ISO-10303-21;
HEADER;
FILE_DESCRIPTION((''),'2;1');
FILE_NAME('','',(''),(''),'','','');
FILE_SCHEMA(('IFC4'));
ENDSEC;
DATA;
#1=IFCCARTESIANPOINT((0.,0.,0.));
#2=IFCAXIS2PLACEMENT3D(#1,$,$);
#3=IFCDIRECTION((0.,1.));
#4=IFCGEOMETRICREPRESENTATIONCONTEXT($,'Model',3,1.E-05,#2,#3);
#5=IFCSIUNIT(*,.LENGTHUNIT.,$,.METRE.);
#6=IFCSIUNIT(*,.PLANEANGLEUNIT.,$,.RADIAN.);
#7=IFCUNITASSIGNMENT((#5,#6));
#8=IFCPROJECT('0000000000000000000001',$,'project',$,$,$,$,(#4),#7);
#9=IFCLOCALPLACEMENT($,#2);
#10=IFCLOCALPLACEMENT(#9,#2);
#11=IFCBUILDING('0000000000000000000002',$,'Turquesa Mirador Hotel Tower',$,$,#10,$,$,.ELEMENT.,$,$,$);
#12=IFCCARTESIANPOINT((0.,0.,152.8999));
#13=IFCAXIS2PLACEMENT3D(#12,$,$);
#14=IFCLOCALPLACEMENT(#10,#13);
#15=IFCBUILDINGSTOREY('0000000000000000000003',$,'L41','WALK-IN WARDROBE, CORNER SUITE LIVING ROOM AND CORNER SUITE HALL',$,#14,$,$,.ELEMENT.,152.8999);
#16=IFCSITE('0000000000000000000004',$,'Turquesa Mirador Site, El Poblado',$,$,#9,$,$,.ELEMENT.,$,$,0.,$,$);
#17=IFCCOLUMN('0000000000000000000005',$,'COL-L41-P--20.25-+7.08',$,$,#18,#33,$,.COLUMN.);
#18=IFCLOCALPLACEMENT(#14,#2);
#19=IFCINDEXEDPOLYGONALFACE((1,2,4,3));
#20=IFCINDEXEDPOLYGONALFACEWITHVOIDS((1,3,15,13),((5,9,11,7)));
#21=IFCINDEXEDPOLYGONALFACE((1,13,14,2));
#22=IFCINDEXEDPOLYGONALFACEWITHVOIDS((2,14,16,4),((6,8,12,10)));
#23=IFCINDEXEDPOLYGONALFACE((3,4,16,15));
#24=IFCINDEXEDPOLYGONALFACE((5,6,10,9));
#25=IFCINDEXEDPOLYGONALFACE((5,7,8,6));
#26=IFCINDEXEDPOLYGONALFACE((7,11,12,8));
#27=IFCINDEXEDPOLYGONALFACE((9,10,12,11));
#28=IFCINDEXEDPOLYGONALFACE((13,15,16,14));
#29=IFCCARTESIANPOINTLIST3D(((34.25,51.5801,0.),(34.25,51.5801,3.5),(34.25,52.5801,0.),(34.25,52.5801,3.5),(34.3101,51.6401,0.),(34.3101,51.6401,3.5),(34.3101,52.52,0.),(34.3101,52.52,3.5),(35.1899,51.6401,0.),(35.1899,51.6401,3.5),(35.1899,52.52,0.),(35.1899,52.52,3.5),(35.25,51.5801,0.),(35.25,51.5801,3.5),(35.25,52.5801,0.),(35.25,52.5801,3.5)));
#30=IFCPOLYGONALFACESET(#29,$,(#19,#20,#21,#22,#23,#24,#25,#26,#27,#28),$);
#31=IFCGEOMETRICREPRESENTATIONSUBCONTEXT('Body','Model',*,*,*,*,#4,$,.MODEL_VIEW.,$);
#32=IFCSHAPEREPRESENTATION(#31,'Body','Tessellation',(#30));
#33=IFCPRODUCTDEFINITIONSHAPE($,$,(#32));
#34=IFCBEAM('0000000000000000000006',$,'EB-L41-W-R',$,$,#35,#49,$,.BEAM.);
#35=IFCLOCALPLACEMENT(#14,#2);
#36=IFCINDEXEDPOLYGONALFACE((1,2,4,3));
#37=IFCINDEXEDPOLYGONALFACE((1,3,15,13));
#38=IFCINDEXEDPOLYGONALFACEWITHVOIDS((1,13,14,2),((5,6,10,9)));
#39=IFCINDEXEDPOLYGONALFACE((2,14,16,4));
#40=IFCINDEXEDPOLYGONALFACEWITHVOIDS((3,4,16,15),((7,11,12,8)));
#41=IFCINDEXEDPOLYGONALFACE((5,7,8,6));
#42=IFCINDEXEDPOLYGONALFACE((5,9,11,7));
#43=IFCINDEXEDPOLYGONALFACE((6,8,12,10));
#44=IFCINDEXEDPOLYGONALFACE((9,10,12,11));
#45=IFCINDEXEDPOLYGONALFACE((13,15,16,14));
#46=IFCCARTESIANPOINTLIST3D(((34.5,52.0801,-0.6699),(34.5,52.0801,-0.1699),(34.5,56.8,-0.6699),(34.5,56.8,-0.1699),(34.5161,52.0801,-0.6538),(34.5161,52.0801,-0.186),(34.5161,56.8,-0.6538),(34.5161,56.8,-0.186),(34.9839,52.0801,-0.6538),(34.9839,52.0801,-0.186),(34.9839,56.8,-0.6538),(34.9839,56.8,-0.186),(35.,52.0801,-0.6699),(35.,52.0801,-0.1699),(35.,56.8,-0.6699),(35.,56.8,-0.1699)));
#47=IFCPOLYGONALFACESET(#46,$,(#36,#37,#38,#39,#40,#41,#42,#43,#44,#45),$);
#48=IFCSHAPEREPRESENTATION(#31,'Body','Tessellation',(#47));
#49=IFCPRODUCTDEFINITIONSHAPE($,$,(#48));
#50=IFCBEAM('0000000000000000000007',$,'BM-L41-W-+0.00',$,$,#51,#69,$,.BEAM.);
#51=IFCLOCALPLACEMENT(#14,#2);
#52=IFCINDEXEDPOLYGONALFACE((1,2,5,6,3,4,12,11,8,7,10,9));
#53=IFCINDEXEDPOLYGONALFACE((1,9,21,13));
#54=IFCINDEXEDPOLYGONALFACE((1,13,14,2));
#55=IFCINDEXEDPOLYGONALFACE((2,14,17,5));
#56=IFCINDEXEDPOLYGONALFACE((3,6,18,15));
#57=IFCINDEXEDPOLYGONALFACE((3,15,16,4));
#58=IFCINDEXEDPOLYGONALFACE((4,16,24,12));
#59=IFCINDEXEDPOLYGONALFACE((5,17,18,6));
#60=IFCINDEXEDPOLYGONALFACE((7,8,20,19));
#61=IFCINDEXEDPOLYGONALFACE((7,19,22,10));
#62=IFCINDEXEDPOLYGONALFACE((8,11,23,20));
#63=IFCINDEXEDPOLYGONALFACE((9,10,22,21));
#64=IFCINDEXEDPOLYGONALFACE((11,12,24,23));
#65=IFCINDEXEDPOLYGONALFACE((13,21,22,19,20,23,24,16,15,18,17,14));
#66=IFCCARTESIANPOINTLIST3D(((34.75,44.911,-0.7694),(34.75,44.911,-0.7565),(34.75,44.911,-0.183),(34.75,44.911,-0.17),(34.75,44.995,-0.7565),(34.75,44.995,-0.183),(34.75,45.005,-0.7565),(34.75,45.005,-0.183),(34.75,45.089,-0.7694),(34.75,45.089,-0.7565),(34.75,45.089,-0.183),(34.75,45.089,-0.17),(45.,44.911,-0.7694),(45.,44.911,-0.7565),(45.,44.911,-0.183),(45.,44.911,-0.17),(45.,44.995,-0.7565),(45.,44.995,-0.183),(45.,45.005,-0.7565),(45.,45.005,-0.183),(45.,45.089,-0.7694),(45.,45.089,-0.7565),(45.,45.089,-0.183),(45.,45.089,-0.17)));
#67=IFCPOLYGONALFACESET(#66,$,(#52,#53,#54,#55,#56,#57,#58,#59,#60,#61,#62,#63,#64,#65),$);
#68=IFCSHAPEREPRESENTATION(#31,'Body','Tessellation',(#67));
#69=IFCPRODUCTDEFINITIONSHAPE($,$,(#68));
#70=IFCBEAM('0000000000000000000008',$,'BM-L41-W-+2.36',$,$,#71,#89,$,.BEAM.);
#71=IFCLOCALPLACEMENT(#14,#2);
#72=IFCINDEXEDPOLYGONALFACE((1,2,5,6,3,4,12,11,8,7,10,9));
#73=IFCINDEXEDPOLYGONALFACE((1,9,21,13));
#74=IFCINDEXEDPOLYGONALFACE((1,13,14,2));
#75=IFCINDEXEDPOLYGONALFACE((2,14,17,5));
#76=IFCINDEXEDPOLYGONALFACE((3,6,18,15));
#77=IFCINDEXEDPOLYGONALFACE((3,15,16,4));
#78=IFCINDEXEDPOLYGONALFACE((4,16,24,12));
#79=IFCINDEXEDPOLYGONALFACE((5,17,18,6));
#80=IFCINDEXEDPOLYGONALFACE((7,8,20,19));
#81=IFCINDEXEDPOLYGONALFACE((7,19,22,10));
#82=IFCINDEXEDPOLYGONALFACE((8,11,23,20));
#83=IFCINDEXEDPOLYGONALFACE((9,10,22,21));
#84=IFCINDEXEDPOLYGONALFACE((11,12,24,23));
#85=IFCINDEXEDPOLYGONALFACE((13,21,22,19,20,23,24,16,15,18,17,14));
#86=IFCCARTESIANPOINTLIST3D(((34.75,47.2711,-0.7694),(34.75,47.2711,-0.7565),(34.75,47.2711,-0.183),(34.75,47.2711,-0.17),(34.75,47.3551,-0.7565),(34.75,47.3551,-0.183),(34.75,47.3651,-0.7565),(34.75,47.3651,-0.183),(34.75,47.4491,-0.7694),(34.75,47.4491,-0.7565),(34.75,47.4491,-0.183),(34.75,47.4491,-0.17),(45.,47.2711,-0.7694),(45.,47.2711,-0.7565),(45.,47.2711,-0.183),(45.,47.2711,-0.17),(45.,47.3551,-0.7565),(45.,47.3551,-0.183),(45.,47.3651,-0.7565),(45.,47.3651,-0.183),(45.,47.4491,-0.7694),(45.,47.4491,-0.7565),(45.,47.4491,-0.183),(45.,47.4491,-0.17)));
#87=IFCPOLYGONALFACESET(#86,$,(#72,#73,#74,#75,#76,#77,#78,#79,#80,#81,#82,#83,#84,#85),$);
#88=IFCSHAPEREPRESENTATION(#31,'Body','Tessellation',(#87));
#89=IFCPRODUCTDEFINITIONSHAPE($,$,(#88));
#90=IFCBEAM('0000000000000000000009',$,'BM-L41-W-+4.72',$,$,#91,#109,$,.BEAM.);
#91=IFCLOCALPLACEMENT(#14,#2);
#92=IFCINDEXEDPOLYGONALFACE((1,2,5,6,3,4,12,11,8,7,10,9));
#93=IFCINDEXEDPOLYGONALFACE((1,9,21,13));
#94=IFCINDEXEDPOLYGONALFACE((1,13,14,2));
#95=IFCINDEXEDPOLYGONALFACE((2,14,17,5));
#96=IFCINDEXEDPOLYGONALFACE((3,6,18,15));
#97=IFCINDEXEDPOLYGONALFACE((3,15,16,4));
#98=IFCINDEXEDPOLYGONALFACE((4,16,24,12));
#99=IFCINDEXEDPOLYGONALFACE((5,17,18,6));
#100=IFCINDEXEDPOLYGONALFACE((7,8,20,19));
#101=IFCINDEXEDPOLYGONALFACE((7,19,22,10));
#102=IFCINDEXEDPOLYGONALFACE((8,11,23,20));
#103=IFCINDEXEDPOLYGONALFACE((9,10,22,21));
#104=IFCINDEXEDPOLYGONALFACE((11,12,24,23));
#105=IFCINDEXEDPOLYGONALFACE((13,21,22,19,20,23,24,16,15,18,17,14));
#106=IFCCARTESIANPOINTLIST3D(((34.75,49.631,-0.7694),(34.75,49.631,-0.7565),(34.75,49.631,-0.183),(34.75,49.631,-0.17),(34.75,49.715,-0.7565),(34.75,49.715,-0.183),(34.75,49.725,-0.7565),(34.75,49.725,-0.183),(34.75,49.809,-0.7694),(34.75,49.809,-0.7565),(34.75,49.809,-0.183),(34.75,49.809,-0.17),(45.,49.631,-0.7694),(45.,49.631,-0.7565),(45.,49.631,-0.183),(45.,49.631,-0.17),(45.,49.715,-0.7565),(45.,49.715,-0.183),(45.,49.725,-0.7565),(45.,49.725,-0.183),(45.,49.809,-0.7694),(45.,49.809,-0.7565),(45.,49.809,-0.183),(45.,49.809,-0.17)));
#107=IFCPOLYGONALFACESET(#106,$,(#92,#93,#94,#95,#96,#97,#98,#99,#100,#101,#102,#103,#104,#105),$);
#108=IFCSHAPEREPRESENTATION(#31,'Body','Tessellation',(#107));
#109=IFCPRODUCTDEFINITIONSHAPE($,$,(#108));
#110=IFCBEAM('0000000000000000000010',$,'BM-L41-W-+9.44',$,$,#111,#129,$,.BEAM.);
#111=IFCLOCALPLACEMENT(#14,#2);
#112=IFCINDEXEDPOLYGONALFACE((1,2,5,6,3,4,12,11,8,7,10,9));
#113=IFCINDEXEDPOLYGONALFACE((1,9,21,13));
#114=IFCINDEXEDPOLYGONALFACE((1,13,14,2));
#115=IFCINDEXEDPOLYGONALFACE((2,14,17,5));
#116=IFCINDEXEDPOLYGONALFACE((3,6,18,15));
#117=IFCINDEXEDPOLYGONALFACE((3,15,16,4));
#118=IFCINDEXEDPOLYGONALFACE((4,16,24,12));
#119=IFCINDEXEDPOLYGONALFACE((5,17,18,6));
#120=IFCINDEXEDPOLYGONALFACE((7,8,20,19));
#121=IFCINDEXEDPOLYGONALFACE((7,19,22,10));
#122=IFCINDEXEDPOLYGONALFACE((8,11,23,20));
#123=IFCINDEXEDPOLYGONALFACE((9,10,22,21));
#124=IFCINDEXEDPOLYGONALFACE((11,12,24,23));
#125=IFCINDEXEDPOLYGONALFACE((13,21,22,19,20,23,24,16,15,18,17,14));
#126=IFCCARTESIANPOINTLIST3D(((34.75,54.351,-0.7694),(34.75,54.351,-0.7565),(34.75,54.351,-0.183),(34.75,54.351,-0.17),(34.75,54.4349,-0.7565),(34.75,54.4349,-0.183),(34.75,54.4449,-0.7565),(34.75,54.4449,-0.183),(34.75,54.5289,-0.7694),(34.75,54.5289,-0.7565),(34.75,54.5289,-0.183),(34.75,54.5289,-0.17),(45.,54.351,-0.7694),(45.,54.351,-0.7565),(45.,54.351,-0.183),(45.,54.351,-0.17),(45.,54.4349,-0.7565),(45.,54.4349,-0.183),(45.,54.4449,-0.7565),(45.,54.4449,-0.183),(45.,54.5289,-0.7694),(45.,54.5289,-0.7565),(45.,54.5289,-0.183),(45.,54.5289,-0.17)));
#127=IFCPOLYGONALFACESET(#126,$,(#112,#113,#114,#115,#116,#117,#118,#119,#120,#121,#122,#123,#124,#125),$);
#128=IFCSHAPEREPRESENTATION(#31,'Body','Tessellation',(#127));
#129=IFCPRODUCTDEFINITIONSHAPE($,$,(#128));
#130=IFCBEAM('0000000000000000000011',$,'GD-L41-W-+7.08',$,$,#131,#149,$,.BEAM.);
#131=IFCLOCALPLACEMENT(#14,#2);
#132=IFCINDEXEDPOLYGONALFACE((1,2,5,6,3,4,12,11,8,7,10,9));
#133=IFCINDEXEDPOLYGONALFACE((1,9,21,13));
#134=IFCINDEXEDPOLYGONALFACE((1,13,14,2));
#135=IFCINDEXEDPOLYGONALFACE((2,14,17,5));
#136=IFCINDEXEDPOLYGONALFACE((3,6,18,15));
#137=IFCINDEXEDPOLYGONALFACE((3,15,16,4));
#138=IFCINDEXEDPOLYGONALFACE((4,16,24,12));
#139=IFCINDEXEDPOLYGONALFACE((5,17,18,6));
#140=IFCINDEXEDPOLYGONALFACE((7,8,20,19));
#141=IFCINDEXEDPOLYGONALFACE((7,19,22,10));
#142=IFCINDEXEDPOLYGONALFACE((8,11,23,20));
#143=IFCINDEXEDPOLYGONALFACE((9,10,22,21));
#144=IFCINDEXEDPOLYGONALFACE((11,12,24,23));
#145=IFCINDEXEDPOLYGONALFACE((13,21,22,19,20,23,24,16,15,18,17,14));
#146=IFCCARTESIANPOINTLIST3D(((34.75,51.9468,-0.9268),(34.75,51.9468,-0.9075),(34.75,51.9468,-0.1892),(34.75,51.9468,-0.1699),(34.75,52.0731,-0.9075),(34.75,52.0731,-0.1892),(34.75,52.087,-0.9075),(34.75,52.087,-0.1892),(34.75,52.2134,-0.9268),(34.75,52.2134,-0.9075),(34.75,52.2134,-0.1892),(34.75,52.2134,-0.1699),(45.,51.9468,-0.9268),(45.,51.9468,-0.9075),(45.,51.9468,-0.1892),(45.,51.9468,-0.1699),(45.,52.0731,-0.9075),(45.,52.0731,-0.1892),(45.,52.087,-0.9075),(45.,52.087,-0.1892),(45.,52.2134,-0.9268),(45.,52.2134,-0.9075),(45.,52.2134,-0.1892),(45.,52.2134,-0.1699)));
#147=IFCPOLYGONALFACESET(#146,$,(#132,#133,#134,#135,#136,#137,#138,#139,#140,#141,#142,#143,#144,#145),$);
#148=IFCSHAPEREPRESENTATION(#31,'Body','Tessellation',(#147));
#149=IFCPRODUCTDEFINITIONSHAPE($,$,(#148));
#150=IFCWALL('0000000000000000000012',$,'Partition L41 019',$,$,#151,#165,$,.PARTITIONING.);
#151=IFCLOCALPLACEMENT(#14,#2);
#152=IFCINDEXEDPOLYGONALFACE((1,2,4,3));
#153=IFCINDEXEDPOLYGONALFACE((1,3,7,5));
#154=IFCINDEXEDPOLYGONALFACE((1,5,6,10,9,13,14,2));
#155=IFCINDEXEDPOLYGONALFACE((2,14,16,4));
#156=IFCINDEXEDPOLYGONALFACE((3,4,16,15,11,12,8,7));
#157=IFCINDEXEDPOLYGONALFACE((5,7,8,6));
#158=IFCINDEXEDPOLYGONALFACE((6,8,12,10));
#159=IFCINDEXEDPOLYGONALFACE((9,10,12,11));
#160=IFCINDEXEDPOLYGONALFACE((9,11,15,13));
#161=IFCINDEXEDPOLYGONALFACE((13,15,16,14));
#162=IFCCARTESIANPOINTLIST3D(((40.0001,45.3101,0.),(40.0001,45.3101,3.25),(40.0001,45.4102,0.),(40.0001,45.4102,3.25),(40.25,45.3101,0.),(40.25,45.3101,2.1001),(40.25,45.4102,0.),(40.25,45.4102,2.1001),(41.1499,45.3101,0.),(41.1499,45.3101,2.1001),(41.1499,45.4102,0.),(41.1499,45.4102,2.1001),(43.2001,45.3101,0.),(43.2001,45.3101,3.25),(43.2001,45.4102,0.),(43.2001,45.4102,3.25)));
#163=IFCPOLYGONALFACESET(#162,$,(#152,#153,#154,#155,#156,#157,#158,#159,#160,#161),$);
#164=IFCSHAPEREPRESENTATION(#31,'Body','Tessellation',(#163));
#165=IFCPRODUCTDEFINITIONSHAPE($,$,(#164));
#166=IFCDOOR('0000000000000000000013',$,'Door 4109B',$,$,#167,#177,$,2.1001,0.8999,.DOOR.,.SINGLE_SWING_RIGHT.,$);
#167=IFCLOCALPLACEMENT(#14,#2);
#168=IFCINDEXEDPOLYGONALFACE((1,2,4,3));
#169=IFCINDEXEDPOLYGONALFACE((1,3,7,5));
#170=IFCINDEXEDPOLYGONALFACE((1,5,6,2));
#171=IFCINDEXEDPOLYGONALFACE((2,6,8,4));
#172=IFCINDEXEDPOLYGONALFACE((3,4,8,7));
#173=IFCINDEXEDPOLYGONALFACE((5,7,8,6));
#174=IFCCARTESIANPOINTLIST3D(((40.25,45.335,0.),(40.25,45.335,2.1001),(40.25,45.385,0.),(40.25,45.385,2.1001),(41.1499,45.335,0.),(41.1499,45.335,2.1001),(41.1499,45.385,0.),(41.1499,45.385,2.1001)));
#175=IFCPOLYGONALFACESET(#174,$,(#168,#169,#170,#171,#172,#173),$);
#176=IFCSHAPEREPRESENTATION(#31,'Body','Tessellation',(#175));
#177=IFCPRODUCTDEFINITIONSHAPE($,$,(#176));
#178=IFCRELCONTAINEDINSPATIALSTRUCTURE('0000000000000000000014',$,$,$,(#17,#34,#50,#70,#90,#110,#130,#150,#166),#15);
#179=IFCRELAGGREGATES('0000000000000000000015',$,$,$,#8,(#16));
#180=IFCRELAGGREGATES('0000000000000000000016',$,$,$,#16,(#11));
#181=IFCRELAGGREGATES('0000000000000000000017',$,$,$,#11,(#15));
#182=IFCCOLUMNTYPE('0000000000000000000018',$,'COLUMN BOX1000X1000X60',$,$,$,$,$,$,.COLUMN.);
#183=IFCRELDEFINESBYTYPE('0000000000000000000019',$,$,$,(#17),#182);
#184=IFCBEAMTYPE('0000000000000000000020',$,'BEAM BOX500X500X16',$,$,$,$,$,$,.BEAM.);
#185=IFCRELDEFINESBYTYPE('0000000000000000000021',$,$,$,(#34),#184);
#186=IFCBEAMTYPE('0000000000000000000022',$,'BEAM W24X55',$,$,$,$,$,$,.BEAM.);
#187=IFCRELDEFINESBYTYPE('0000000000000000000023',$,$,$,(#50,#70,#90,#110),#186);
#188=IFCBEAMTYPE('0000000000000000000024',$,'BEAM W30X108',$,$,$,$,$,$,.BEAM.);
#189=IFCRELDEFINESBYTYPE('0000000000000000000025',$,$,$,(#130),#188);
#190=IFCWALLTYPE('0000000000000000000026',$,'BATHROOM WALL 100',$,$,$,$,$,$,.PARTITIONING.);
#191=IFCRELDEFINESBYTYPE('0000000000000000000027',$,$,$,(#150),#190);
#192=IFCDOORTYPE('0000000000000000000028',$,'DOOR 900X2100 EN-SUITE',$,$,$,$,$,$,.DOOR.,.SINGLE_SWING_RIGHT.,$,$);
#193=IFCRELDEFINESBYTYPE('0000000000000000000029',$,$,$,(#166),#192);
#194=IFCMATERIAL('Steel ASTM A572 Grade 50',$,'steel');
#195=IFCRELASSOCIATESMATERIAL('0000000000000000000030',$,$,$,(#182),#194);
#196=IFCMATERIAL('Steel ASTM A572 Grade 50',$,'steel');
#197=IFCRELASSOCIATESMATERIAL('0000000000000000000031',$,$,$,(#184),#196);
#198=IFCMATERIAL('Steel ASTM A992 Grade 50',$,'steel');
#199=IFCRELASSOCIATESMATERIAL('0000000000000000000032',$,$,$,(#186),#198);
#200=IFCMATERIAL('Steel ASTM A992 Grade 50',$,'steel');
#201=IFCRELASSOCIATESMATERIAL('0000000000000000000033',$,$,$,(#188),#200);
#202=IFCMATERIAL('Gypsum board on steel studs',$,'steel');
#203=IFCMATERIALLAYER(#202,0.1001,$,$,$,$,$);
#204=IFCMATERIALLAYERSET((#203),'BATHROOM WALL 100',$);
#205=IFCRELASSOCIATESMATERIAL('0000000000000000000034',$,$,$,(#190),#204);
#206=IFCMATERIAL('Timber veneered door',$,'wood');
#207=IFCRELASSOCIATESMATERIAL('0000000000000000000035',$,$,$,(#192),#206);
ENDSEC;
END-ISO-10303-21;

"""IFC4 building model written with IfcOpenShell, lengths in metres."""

from ifc_helpers import new_model, si_unit, direction, frame, frame_2d, origin, origin_2d, place, context, subcontext, project, spatial, rectangle, hollow_rectangle, i_section, extrude, material, layer, layer_set, material_profile, profile_set, type_object, element, fill, save


model = new_model("IFC4")

# Units and contexts
model_context = context("Model", 3, precision=1e-05, world=origin(), true_north=direction((0.0, 1.0)))
body_context = subcontext(model_context, "Body", "Model", "MODEL_VIEW")
ifc_project = project(units=[si_unit("LENGTHUNIT", "METRE"), si_unit("PLANEANGLEUNIT", "RADIAN")], contexts=[model_context])

# Site, building, storey
site_placement = place(None, origin())
site = spatial("IfcSite", under=ifc_project, at=site_placement, Name="Turquesa Mirador Site, El Poblado", CompositionType="ELEMENT", RefElevation=0.0)
building_placement = place(site_placement, origin())
building = spatial("IfcBuilding", under=site, at=building_placement, Name="Turquesa Mirador Hotel Tower", CompositionType="ELEMENT")
storey_placement = place(building_placement, frame((0.0, 0.0, 152.8999)))
storey = spatial("IfcBuildingStorey", under=building, at=storey_placement, Name="L41", Description="WALK-IN WARDROBE, CORNER SUITE LIVING ROOM AND CORNER SUITE HALL", CompositionType="ELEMENT", Elevation=152.8999)

# Column
ifc_material_1 = material(Name="Steel ASTM A572 Grade 50", Category="steel")
ifc_material_profile_1 = material_profile(ifc_material_1, hollow_rectangle(XDim=1.0, YDim=1.0, WallThickness=0.0601, at=origin_2d()), Name="BOX1000X1000X60")
ifc_profile_set_1 = profile_set([ifc_material_profile_1], Name="Steel ASTM A572 Grade 50")
column_type = type_object("IfcColumnType", Name="COLUMN BOX1000X1000X60", PredefinedType="COLUMN", material=ifc_profile_set_1)
column_placement = place(storey_placement, frame((34.75, 52.0801, 0.0), z_axis=(0.0, 0.0, 1.0), x_axis=(1.0, 0.0, 0.0)))
element("IfcColumn", 1, at=column_placement, inside=storey, type_object=column_type, Name="COL-L41-P--20.25-+7.08", PredefinedType="COLUMN", context=body_context, shape_type="SweptSolid", body=[
    extrude(hollow_rectangle(XDim=1.0, YDim=1.0, WallThickness=0.0601, at=origin_2d()), origin(), (0.0, 0.0, 1.0), 3.5),
])

# Beams
ifc_material_2 = material(Name="Steel ASTM A572 Grade 50", Category="steel")
ifc_material_profile_2 = material_profile(ifc_material_2, hollow_rectangle(XDim=0.5, YDim=0.5, WallThickness=0.0161, at=origin_2d()), Name="BOX500X500X16")
ifc_profile_set_2 = profile_set([ifc_material_profile_2], Name="Steel ASTM A572 Grade 50")
beam_type_1 = type_object("IfcBeamType", Name="BEAM BOX500X500X16", PredefinedType="BEAM", material=ifc_profile_set_2)
beam_1_placement = place(storey_placement, frame((34.75, 52.0801, -0.4199), z_axis=(0.0, 1.0, 0.0), x_axis=(-1.0, 0.0, 0.0)))
element("IfcBeam", 2, at=beam_1_placement, inside=storey, type_object=beam_type_1, Name="EB-L41-W-R", PredefinedType="BEAM", context=body_context, shape_type="SweptSolid", body=[
    extrude(hollow_rectangle(XDim=0.5, YDim=0.5, WallThickness=0.0161, at=origin_2d()), origin(), (0.0, 0.0, 1.0), 4.72),
])
ifc_material_3 = material(Name="Steel ASTM A992 Grade 50", Category="steel")
ifc_material_profile_3 = material_profile(ifc_material_3, i_section(OverallWidth=0.178, OverallDepth=0.5994, WebThickness=0.01, FlangeThickness=0.0129, at=origin_2d()), Name="W24X55")
ifc_profile_set_3 = profile_set([ifc_material_profile_3], Name="Steel ASTM A992 Grade 50")
beam_type_2 = type_object("IfcBeamType", Name="BEAM W24X55", PredefinedType="BEAM", material=ifc_profile_set_3)
for number, where, z_axis, x_axis, name in (
    (3, (34.75, 45.0, -0.4697), (1.0, 0.0, 0.0), (0.0, 1.0, 0.0), "BM-L41-W-+0.00"),
    (4, (34.75, 47.3601, -0.4697), (1.0, 0.0, 0.0), (0.0, 1.0, 0.0), "BM-L41-W-+2.36"),
    (5, (34.75, 49.72, -0.4697), (1.0, 0.0, 0.0), (0.0, 1.0, 0.0), "BM-L41-W-+4.72"),
    (6, (34.75, 54.4399, -0.4697), (1.0, 0.0, 0.0), (0.0, 1.0, 0.0), "BM-L41-W-+9.44"),
):
    element("IfcBeam", number, at=place(storey_placement, frame(where, z_axis=z_axis, x_axis=x_axis)), inside=storey, type_object=beam_type_2, Name=name, PredefinedType="BEAM", context=body_context, shape_type="SweptSolid", body=[
        extrude(i_section(OverallWidth=0.178, OverallDepth=0.5994, WebThickness=0.01, FlangeThickness=0.0129, at=origin_2d()), origin(), (0.0, 0.0, 1.0), 10.25),
    ])
ifc_material_4 = material(Name="Steel ASTM A992 Grade 50", Category="steel")
ifc_material_profile_4 = material_profile(ifc_material_4, i_section(OverallWidth=0.2666, OverallDepth=0.7568, WebThickness=0.0139, FlangeThickness=0.0193, at=origin_2d()), Name="W30X108")
ifc_profile_set_4 = profile_set([ifc_material_profile_4], Name="Steel ASTM A992 Grade 50")
beam_type_3 = type_object("IfcBeamType", Name="BEAM W30X108", PredefinedType="BEAM", material=ifc_profile_set_4)
beam_2_placement = place(storey_placement, frame((34.75, 52.0801, -0.5483), z_axis=(1.0, 0.0, 0.0), x_axis=(0.0, 1.0, 0.0)))
element("IfcBeam", 7, at=beam_2_placement, inside=storey, type_object=beam_type_3, Name="GD-L41-W-+7.08", PredefinedType="BEAM", context=body_context, shape_type="SweptSolid", body=[
    extrude(i_section(OverallWidth=0.2666, OverallDepth=0.7568, WebThickness=0.0139, FlangeThickness=0.0193, at=origin_2d()), origin(), (0.0, 0.0, 1.0), 10.25),
])

# Wall, opening, door
ifc_material_5 = material(Name="Gypsum board on steel studs", Category="steel")
ifc_layer_1 = layer(ifc_material_5, 0.1001)
ifc_layer_set_1 = layer_set([ifc_layer_1], Name="BATHROOM WALL 100")
wall_type_1 = type_object("IfcWallType", Name="BATHROOM WALL 100", PredefinedType="PARTITIONING", material=ifc_layer_set_1)
wall_1_placement = place(storey_placement, frame((40.0, 45.3601, 0.0), z_axis=(0.0, 0.0, 1.0), x_axis=(1.0, 0.0, 0.0)))
wall_1 = element("IfcWall", 8, at=wall_1_placement, inside=storey, type_object=wall_type_1, Name="Partition L41 019", PredefinedType="PARTITIONING", context=body_context, shape_type="SweptSolid", body=[
    extrude(rectangle(XDim=3.2, YDim=0.1001, at=frame_2d((1.6001, 0.0))), origin(), (0.0, 0.0, 1.0), 3.25),
])
opening_1_placement = place(wall_1_placement, frame((0.25, 0.0, 0.0)))
opening_1 = element("IfcOpeningElement", 9, at=opening_1_placement, cuts=wall_1, PredefinedType="OPENING", context=body_context, shape_type="SweptSolid", body=[
    extrude(rectangle(XDim=0.8999, YDim=2.1001, at=frame_2d((0.45, 1.05))), frame((0.0, 0.0601, 0.0), z_axis=(0.0, -1.0, 0.0), x_axis=(1.0, 0.0, 0.0)), (0.0, 0.0, 1.0), 0.1201),
])
ifc_material_6 = material(Name="Timber veneered door", Category="wood")
door_type_1 = type_object("IfcDoorType", Name="DOOR 900X2100 EN-SUITE", OperationType="SINGLE_SWING_RIGHT", PredefinedType="DOOR", material=ifc_material_6)
door_1_placement = place(opening_1_placement, origin())
door_1 = element("IfcDoor", 10, at=door_1_placement, inside=storey, type_object=door_type_1, Name="Door 4109B", OperationType="SINGLE_SWING_RIGHT", OverallHeight=2.1001, OverallWidth=0.8999, PredefinedType="DOOR", context=body_context, shape_type="SweptSolid", body=[
    extrude(rectangle(XDim=0.8999, YDim=2.1001, at=frame_2d((0.45, 1.05))), frame((0.0, 0.0249, 0.0), z_axis=(0.0, -1.0, 0.0), x_axis=(1.0, 0.0, 0.0)), (0.0, 0.0, 1.0), 0.05),
])
fill(opening_1, door_1)

save(model, "model.ifc")
